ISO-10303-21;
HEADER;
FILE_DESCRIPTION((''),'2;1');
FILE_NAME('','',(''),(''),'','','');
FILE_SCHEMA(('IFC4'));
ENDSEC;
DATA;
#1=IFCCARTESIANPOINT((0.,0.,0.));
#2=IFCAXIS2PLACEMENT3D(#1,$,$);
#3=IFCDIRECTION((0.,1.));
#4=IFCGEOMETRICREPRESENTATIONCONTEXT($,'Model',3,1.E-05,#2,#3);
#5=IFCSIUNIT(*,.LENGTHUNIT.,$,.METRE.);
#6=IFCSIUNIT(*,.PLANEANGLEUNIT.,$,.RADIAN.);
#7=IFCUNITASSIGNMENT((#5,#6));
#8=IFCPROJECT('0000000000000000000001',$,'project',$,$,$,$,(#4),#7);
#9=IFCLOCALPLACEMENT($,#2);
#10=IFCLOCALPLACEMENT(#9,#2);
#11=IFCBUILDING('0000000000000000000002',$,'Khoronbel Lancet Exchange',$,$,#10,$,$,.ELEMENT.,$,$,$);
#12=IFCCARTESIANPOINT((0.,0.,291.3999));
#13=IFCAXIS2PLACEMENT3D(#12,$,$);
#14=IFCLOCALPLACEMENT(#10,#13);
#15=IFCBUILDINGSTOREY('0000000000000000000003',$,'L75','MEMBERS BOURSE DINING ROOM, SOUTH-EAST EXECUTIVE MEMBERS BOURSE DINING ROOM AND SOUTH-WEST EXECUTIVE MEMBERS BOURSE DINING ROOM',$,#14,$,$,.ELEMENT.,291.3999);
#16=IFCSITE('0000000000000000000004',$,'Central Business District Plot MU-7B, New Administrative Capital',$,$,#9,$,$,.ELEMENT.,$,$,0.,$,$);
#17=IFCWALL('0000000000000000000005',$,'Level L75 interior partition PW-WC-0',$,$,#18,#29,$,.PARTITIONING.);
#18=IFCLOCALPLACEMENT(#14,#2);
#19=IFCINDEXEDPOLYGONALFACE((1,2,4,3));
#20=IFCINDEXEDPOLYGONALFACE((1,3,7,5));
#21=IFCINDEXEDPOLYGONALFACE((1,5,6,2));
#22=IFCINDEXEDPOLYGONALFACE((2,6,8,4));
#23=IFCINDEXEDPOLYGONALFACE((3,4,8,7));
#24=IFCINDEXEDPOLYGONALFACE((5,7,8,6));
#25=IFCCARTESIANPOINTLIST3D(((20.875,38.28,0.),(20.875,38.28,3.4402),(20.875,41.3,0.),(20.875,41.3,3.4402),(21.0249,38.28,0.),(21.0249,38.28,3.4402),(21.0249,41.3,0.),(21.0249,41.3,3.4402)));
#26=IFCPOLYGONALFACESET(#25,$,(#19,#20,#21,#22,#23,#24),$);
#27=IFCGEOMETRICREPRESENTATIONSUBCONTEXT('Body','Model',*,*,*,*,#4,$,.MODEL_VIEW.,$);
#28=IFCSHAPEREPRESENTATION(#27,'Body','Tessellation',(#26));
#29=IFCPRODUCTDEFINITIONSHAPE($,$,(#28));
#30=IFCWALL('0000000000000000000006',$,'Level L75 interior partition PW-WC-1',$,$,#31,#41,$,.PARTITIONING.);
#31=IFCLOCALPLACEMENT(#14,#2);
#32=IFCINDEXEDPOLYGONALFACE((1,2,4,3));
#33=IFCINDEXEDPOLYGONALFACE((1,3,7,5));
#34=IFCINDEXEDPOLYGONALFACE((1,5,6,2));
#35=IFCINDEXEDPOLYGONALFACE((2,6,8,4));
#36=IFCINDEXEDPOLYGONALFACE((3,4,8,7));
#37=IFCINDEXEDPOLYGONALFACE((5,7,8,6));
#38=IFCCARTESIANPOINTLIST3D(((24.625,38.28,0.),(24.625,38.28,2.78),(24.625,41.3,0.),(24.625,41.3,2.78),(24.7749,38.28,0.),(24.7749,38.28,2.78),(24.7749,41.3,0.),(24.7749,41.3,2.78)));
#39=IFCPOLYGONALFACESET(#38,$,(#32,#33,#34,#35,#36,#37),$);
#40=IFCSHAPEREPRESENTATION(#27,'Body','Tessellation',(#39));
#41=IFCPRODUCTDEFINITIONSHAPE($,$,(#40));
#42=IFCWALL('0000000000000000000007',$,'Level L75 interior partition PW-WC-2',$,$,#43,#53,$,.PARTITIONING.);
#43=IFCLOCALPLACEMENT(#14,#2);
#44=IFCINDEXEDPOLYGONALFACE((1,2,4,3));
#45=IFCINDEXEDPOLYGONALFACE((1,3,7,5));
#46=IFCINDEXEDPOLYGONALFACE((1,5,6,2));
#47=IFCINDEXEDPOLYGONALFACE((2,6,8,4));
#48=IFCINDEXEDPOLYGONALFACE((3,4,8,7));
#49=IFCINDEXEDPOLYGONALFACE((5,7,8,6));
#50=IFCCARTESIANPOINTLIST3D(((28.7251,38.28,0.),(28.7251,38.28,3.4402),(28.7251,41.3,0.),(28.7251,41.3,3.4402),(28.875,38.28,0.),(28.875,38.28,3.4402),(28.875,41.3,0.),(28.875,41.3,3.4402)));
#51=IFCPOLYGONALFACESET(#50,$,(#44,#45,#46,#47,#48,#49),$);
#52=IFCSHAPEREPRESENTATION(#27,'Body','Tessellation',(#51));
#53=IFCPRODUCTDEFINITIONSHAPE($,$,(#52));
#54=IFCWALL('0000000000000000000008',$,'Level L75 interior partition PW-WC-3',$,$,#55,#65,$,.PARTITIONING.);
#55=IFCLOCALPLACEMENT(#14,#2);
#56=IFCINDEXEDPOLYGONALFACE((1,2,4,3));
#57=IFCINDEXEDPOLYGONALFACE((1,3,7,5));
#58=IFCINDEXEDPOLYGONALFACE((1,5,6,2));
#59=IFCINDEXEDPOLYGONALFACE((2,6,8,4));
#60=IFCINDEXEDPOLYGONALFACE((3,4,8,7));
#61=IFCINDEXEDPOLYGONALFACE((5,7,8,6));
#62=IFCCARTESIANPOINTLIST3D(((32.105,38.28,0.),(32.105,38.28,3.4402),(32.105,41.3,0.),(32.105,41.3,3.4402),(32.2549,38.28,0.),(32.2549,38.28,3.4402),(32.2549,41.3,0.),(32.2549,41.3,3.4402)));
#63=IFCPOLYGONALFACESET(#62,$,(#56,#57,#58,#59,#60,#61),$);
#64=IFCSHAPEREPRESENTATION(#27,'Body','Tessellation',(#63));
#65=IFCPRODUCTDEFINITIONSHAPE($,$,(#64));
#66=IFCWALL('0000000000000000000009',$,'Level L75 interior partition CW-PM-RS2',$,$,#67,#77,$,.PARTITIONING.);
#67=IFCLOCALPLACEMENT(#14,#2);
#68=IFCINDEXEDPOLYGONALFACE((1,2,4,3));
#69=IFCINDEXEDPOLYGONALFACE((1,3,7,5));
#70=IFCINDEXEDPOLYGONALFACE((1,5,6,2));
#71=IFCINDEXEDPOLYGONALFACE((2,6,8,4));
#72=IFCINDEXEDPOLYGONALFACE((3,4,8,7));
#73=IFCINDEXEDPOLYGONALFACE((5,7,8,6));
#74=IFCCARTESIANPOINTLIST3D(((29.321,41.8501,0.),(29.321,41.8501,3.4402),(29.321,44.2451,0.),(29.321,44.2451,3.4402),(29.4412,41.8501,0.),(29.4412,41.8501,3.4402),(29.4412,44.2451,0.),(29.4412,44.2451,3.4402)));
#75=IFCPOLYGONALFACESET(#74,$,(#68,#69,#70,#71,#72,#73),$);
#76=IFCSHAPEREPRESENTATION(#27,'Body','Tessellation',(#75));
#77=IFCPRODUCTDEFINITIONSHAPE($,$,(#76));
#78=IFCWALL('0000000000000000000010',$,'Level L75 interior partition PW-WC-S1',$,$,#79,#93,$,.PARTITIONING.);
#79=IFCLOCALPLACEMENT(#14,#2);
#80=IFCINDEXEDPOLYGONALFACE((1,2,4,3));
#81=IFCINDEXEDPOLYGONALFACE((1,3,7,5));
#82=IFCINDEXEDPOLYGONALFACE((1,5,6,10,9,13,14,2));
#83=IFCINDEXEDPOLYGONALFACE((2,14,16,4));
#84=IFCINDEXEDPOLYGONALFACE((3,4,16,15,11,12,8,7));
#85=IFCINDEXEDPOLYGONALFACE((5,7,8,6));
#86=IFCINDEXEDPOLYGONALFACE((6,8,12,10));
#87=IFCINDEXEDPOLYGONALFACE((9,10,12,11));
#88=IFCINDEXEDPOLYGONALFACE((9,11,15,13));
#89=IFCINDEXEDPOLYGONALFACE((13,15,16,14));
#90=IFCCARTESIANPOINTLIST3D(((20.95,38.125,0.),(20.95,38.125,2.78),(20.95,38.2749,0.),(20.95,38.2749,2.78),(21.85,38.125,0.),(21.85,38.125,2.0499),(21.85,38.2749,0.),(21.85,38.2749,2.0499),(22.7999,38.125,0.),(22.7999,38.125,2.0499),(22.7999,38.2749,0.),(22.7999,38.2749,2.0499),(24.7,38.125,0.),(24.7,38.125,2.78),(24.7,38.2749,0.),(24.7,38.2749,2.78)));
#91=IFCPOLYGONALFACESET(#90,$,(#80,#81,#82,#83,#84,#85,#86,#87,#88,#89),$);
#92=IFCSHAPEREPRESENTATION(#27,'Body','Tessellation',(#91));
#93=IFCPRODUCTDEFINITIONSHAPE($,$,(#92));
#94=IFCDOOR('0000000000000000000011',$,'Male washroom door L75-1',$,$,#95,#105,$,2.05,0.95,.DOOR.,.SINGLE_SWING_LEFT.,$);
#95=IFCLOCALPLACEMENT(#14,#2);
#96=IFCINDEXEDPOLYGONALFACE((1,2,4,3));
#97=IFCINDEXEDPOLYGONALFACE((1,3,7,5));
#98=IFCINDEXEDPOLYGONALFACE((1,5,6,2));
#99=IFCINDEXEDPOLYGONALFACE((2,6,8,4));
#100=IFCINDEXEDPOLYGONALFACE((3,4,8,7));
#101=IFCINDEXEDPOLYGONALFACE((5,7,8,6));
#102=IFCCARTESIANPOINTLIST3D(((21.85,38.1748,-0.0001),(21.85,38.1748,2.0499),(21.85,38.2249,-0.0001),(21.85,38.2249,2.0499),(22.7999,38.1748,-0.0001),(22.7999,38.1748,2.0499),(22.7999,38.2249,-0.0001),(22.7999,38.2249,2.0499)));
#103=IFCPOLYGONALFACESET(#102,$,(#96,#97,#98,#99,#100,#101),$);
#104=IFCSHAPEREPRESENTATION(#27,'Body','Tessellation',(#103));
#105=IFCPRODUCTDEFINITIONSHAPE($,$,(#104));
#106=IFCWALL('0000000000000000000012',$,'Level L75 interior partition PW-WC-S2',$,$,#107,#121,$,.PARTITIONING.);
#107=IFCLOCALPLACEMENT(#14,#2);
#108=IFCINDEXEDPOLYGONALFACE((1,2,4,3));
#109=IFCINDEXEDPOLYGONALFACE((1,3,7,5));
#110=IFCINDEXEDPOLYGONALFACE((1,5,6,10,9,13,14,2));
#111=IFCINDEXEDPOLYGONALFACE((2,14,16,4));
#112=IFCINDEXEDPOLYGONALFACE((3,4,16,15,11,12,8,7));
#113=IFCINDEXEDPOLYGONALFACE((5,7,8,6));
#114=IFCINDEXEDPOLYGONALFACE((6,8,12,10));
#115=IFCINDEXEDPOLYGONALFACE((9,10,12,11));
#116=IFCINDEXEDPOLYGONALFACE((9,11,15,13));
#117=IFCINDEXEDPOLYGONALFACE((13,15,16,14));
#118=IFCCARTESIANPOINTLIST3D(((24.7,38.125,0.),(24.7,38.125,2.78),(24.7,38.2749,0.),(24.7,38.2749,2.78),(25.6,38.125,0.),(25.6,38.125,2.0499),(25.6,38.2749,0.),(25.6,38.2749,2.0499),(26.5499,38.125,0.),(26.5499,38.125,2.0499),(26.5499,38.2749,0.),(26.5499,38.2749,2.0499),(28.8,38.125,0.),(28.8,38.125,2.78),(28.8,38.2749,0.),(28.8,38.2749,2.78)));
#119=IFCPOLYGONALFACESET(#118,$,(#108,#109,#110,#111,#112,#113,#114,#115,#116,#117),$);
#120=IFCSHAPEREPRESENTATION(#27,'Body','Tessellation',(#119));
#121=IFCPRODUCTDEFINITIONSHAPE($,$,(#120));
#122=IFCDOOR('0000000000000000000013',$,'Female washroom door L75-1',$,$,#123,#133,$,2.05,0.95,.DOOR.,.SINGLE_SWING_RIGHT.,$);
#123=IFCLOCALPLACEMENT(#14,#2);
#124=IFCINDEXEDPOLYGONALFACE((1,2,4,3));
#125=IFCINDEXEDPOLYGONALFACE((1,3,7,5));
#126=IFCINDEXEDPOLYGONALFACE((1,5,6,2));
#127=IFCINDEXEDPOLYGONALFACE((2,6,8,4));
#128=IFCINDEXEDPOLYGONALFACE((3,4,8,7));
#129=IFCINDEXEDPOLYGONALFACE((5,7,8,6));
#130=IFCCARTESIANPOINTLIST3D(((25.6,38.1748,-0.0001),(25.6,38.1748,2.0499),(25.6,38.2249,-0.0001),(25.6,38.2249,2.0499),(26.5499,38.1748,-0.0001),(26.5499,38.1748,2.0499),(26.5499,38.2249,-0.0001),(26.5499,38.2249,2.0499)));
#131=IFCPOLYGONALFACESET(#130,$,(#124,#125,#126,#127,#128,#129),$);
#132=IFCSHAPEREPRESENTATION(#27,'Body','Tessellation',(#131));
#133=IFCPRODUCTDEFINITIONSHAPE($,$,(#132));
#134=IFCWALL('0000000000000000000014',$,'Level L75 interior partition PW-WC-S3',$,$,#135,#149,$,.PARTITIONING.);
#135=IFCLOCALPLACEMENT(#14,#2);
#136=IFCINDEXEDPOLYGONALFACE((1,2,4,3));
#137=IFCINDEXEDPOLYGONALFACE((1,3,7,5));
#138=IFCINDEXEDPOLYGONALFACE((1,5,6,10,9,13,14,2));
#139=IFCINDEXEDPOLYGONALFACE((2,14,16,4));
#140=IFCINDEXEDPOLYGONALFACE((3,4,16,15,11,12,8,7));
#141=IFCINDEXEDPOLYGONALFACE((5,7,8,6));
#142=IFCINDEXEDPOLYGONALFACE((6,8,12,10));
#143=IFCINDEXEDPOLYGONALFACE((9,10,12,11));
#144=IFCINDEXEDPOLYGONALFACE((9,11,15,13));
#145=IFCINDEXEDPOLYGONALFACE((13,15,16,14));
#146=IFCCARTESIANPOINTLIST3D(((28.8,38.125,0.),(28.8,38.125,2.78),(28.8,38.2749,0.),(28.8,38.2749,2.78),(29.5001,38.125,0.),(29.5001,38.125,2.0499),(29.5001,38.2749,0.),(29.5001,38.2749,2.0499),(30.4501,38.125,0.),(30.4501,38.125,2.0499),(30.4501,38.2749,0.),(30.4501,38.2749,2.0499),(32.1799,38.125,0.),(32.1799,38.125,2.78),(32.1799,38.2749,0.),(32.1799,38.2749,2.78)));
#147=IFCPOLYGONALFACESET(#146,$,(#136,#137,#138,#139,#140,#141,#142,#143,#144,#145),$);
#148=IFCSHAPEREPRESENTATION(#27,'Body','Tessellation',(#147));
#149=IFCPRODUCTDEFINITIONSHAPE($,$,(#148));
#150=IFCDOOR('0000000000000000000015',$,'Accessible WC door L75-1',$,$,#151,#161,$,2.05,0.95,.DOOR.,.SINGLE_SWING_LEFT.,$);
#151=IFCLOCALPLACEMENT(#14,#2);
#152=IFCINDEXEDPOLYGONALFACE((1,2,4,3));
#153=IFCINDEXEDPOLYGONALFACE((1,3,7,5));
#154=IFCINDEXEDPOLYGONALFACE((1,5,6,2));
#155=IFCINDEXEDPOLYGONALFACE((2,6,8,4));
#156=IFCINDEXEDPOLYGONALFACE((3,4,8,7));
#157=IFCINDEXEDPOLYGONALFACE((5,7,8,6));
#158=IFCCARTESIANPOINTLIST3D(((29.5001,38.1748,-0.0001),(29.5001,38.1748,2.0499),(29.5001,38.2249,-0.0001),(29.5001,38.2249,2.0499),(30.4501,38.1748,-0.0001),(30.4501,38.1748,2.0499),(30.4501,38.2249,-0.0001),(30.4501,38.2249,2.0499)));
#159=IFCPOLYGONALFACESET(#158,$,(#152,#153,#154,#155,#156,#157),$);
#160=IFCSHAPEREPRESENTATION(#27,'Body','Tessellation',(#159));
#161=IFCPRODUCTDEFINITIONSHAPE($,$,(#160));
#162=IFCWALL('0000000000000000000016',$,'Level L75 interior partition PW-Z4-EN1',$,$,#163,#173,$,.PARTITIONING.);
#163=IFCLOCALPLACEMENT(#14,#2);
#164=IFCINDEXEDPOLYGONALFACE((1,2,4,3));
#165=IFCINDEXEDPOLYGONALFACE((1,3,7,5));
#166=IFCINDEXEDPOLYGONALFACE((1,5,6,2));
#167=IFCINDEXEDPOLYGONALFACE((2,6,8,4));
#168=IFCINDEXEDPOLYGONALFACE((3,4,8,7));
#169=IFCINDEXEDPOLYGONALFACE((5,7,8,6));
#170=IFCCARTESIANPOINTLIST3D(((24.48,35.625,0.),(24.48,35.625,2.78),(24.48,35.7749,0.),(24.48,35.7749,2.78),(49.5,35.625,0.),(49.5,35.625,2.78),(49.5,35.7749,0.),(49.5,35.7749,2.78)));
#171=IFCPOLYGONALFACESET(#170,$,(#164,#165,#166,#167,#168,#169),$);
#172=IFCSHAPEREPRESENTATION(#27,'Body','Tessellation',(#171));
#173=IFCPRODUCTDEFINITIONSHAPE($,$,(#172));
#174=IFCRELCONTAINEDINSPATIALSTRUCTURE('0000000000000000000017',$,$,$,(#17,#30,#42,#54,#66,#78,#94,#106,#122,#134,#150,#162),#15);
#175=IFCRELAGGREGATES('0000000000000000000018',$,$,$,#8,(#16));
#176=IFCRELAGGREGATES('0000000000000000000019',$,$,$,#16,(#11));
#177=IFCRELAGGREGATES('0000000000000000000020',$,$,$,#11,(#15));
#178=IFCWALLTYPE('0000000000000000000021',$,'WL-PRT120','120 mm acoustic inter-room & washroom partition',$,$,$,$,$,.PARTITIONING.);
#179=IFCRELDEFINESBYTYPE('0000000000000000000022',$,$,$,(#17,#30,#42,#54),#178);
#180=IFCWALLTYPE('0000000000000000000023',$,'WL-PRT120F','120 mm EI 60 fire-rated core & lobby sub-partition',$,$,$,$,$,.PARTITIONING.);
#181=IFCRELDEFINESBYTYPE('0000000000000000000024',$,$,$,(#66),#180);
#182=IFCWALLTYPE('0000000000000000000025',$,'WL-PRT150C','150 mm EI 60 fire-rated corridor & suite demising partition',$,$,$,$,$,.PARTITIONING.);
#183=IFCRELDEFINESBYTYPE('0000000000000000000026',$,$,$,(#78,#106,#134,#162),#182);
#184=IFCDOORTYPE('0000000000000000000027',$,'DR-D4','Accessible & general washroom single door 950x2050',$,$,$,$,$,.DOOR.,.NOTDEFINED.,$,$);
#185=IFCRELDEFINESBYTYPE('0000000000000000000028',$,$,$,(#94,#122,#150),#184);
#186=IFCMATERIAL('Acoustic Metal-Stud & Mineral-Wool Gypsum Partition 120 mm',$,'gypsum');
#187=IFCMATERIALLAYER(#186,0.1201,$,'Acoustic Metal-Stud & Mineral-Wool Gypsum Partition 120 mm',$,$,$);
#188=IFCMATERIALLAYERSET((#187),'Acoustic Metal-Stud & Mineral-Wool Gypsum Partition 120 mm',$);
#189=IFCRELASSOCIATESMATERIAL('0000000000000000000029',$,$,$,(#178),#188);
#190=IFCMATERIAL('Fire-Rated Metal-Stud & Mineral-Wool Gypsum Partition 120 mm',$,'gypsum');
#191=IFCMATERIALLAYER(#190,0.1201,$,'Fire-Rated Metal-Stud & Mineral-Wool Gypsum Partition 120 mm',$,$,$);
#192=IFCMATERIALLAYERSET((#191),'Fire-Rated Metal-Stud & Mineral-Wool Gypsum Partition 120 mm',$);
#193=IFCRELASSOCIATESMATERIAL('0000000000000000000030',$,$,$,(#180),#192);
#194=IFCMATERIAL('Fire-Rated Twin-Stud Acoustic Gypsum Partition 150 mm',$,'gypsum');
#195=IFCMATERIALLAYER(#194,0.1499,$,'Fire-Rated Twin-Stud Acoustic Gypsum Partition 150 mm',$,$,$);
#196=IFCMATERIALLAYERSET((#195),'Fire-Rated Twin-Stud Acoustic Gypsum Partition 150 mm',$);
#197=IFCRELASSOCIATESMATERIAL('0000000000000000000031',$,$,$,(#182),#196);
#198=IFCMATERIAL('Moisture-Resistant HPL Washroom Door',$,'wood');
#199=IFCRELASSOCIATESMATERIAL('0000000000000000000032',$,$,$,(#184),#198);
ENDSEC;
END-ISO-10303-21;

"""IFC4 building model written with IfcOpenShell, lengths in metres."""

from ifc_helpers import new_model, si_unit, direction, frame, frame_2d, origin, place, context, subcontext, project, spatial, rectangle, extrude, material, layer, layer_set, type_object, element, fill, save


model = new_model("IFC4")

# Units and contexts
model_context = context("Model", 3, precision=1e-05, world=origin(), true_north=direction((0.0, 1.0)))
body_context = subcontext(model_context, "Body", "Model", "MODEL_VIEW")
ifc_project = project(units=[si_unit("LENGTHUNIT", "METRE"), si_unit("PLANEANGLEUNIT", "RADIAN")], contexts=[model_context])

# Site, building, storey
site_placement = place(None, origin())
site = spatial("IfcSite", under=ifc_project, at=site_placement, Name="Central Business District Plot MU-7B, New Administrative Capital", CompositionType="ELEMENT", RefElevation=0.0)
building_placement = place(site_placement, origin())
building = spatial("IfcBuilding", under=site, at=building_placement, Name="Khoronbel Lancet Exchange", CompositionType="ELEMENT")
storey_placement = place(building_placement, frame((0.0, 0.0, 291.3999)))
storey = spatial("IfcBuildingStorey", under=building, at=storey_placement, Name="L75", Description="MEMBERS BOURSE DINING ROOM, SOUTH-EAST EXECUTIVE MEMBERS BOURSE DINING ROOM AND SOUTH-WEST EXECUTIVE MEMBERS BOURSE DINING ROOM", CompositionType="ELEMENT", Elevation=291.3999)

# Walls
ifc_material_1 = material(Name="Acoustic Metal-Stud & Mineral-Wool Gypsum Partition 120 mm", Category="gypsum")
ifc_layer_1 = layer(ifc_material_1, 0.1201, Name="Acoustic Metal-Stud & Mineral-Wool Gypsum Partition 120 mm")
ifc_layer_set_1 = layer_set([ifc_layer_1], Name="Acoustic Metal-Stud & Mineral-Wool Gypsum Partition 120 mm")
wall_type_1 = type_object("IfcWallType", Name="WL-PRT120", Description="120 mm acoustic inter-room & washroom partition", PredefinedType="PARTITIONING", material=ifc_layer_set_1)
wall_1_placement = place(storey_placement, frame((20.95, 38.28, 0.0), z_axis=(0.0, 0.0, 1.0), x_axis=(0.0, 1.0, 0.0)))
element("IfcWall", 1, at=wall_1_placement, inside=storey, type_object=wall_type_1, Name="Level L75 interior partition PW-WC-0", PredefinedType="PARTITIONING", context=body_context, shape_type="SweptSolid", body=[
    extrude(rectangle(XDim=3.02, YDim=0.1499, at=frame_2d((1.51, 0.0))), origin(), (0.0, 0.0, 1.0), 3.4402),
])
wall_2_placement = place(storey_placement, frame((24.7, 38.28, 0.0), z_axis=(0.0, 0.0, 1.0), x_axis=(0.0, 1.0, 0.0)))
element("IfcWall", 2, at=wall_2_placement, inside=storey, type_object=wall_type_1, Name="Level L75 interior partition PW-WC-1", PredefinedType="PARTITIONING", context=body_context, shape_type="SweptSolid", body=[
    extrude(rectangle(XDim=3.02, YDim=0.1499, at=frame_2d((1.51, 0.0))), origin(), (0.0, 0.0, 1.0), 2.78),
])
for number, where, z_axis, x_axis, name in (
    (3, (28.8, 38.28, 0.0), (0.0, 0.0, 1.0), (0.0, 1.0, 0.0), "Level L75 interior partition PW-WC-2"),
    (4, (32.1799, 38.28, 0.0), (0.0, 0.0, 1.0), (0.0, 1.0, 0.0), "Level L75 interior partition PW-WC-3"),
):
    element("IfcWall", number, at=place(storey_placement, frame(where, z_axis=z_axis, x_axis=x_axis)), inside=storey, type_object=wall_type_1, Name=name, PredefinedType="PARTITIONING", context=body_context, shape_type="SweptSolid", body=[
        extrude(rectangle(XDim=3.02, YDim=0.1499, at=frame_2d((1.51, 0.0))), origin(), (0.0, 0.0, 1.0), 3.4402),
    ])
ifc_material_2 = material(Name="Fire-Rated Metal-Stud & Mineral-Wool Gypsum Partition 120 mm", Category="gypsum")
ifc_layer_2 = layer(ifc_material_2, 0.1201, Name="Fire-Rated Metal-Stud & Mineral-Wool Gypsum Partition 120 mm")
ifc_layer_set_2 = layer_set([ifc_layer_2], Name="Fire-Rated Metal-Stud & Mineral-Wool Gypsum Partition 120 mm")
wall_type_2 = type_object("IfcWallType", Name="WL-PRT120F", Description="120 mm EI 60 fire-rated core & lobby sub-partition", PredefinedType="PARTITIONING", material=ifc_layer_set_2)
wall_3_placement = place(storey_placement, frame((29.3811, 41.8501, 0.0), z_axis=(0.0, 0.0, 1.0), x_axis=(0.0, 1.0, 0.0)))
element("IfcWall", 5, at=wall_3_placement, inside=storey, type_object=wall_type_2, Name="Level L75 interior partition CW-PM-RS2", PredefinedType="PARTITIONING", context=body_context, shape_type="SweptSolid", body=[
    extrude(rectangle(XDim=2.395, YDim=0.1201, at=frame_2d((1.1975, 0.0))), origin(), (0.0, 0.0, 1.0), 3.4402),
])

# Walls, openings, doors
ifc_material_3 = material(Name="Fire-Rated Twin-Stud Acoustic Gypsum Partition 150 mm", Category="gypsum")
ifc_layer_3 = layer(ifc_material_3, 0.1499, Name="Fire-Rated Twin-Stud Acoustic Gypsum Partition 150 mm")
ifc_layer_set_3 = layer_set([ifc_layer_3], Name="Fire-Rated Twin-Stud Acoustic Gypsum Partition 150 mm")
wall_type_3 = type_object("IfcWallType", Name="WL-PRT150C", Description="150 mm EI 60 fire-rated corridor & suite demising partition", PredefinedType="PARTITIONING", material=ifc_layer_set_3)
wall_4_placement = place(storey_placement, frame((20.95, 38.2, 0.0), z_axis=(0.0, 0.0, 1.0), x_axis=(1.0, 0.0, 0.0)))
wall_4 = element("IfcWall", 6, at=wall_4_placement, inside=storey, type_object=wall_type_3, Name="Level L75 interior partition PW-WC-S1", PredefinedType="PARTITIONING", context=body_context, shape_type="SweptSolid", body=[
    extrude(rectangle(XDim=3.75, YDim=0.1499, at=frame_2d((1.875, 0.0))), origin(), (0.0, 0.0, 1.0), 2.78),
])
opening_1_placement = place(wall_4_placement, frame((0.8999, 0.0, 0.0)))
opening_1 = element("IfcOpeningElement", 7, at=opening_1_placement, cuts=wall_4, PredefinedType="OPENING", context=body_context, shape_type="SweptSolid", body=[
    extrude(rectangle(XDim=0.95, YDim=2.05, at=frame_2d((0.4751, 1.0249))), frame((0.0, 0.085, 0.0), z_axis=(0.0, -1.0, 0.0), x_axis=(1.0, 0.0, 0.0)), (0.0, 0.0, 1.0), 0.1699),
])
ifc_material_4 = material(Name="Moisture-Resistant HPL Washroom Door", Category="wood")
door_type_1 = type_object("IfcDoorType", Name="DR-D4", Description="Accessible & general washroom single door 950x2050", OperationType="NOTDEFINED", PredefinedType="DOOR", material=ifc_material_4)
door_1_placement = place(opening_1_placement, origin())
door_1 = element("IfcDoor", 8, at=door_1_placement, inside=storey, type_object=door_type_1, Name="Male washroom door L75-1", OperationType="SINGLE_SWING_LEFT", OverallHeight=2.05, OverallWidth=0.95, PredefinedType="DOOR", context=body_context, shape_type="SweptSolid", body=[
    extrude(rectangle(XDim=0.95, YDim=2.05, at=frame_2d((0.4751, 1.0249))), frame((0.0, 0.0249, 0.0), z_axis=(0.0, -1.0, 0.0), x_axis=(1.0, 0.0, 0.0)), (0.0, 0.0, 1.0), 0.05),
])
fill(opening_1, door_1)
wall_5_placement = place(storey_placement, frame((24.7, 38.2, 0.0), z_axis=(0.0, 0.0, 1.0), x_axis=(1.0, 0.0, 0.0)))
wall_5 = element("IfcWall", 9, at=wall_5_placement, inside=storey, type_object=wall_type_3, Name="Level L75 interior partition PW-WC-S2", PredefinedType="PARTITIONING", context=body_context, shape_type="SweptSolid", body=[
    extrude(rectangle(XDim=4.1001, YDim=0.1499, at=frame_2d((2.05, 0.0))), origin(), (0.0, 0.0, 1.0), 2.78),
])
opening_2_placement = place(wall_5_placement, frame((0.8999, 0.0, 0.0)))
opening_2 = element("IfcOpeningElement", 10, at=opening_2_placement, cuts=wall_5, PredefinedType="OPENING", context=body_context, shape_type="SweptSolid", body=[
    extrude(rectangle(XDim=0.95, YDim=2.05, at=frame_2d((0.4751, 1.0249))), frame((0.0, 0.085, 0.0), z_axis=(0.0, -1.0, 0.0), x_axis=(1.0, 0.0, 0.0)), (0.0, 0.0, 1.0), 0.1699),
])
door_2_placement = place(opening_2_placement, origin())
door_2 = element("IfcDoor", 11, at=door_2_placement, inside=storey, type_object=door_type_1, Name="Female washroom door L75-1", OperationType="SINGLE_SWING_RIGHT", OverallHeight=2.05, OverallWidth=0.95, PredefinedType="DOOR", context=body_context, shape_type="SweptSolid", body=[
    extrude(rectangle(XDim=0.95, YDim=2.05, at=frame_2d((0.4751, 1.0249))), frame((0.0, 0.0249, 0.0), z_axis=(0.0, -1.0, 0.0), x_axis=(1.0, 0.0, 0.0)), (0.0, 0.0, 1.0), 0.05),
])
fill(opening_2, door_2)
wall_6_placement = place(storey_placement, frame((28.8, 38.2, 0.0), z_axis=(0.0, 0.0, 1.0), x_axis=(1.0, 0.0, 0.0)))
wall_6 = element("IfcWall", 12, at=wall_6_placement, inside=storey, type_object=wall_type_3, Name="Level L75 interior partition PW-WC-S3", PredefinedType="PARTITIONING", context=body_context, shape_type="SweptSolid", body=[
    extrude(rectangle(XDim=3.3799, YDim=0.1499, at=frame_2d((1.6899, 0.0))), origin(), (0.0, 0.0, 1.0), 2.78),
])
opening_3_placement = place(wall_6_placement, frame((0.7, 0.0, 0.0)))
opening_3 = element("IfcOpeningElement", 13, at=opening_3_placement, cuts=wall_6, PredefinedType="OPENING", context=body_context, shape_type="SweptSolid", body=[
    extrude(rectangle(XDim=0.95, YDim=2.05, at=frame_2d((0.4751, 1.0249))), frame((0.0, 0.085, 0.0), z_axis=(0.0, -1.0, 0.0), x_axis=(1.0, 0.0, 0.0)), (0.0, 0.0, 1.0), 0.1699),
])
door_3_placement = place(opening_3_placement, origin())
door_3 = element("IfcDoor", 14, at=door_3_placement, inside=storey, type_object=door_type_1, Name="Accessible WC door L75-1", OperationType="SINGLE_SWING_LEFT", OverallHeight=2.05, OverallWidth=0.95, PredefinedType="DOOR", context=body_context, shape_type="SweptSolid", body=[
    extrude(rectangle(XDim=0.95, YDim=2.05, at=frame_2d((0.4751, 1.0249))), frame((0.0, 0.0249, 0.0), z_axis=(0.0, -1.0, 0.0), x_axis=(1.0, 0.0, 0.0)), (0.0, 0.0, 1.0), 0.05),
])
fill(opening_3, door_3)

# Wall
wall_7_placement = place(storey_placement, frame((24.48, 35.7, 0.0), z_axis=(0.0, 0.0, 1.0), x_axis=(1.0, 0.0, 0.0)))
element("IfcWall", 15, at=wall_7_placement, inside=storey, type_object=wall_type_3, Name="Level L75 interior partition PW-Z4-EN1", PredefinedType="PARTITIONING", context=body_context, shape_type="SweptSolid", body=[
    extrude(rectangle(XDim=25.02, YDim=0.1499, at=frame_2d((12.51, 0.0))), origin(), (0.0, 0.0, 1.0), 2.78),
])

save(model, "model.ifc")
